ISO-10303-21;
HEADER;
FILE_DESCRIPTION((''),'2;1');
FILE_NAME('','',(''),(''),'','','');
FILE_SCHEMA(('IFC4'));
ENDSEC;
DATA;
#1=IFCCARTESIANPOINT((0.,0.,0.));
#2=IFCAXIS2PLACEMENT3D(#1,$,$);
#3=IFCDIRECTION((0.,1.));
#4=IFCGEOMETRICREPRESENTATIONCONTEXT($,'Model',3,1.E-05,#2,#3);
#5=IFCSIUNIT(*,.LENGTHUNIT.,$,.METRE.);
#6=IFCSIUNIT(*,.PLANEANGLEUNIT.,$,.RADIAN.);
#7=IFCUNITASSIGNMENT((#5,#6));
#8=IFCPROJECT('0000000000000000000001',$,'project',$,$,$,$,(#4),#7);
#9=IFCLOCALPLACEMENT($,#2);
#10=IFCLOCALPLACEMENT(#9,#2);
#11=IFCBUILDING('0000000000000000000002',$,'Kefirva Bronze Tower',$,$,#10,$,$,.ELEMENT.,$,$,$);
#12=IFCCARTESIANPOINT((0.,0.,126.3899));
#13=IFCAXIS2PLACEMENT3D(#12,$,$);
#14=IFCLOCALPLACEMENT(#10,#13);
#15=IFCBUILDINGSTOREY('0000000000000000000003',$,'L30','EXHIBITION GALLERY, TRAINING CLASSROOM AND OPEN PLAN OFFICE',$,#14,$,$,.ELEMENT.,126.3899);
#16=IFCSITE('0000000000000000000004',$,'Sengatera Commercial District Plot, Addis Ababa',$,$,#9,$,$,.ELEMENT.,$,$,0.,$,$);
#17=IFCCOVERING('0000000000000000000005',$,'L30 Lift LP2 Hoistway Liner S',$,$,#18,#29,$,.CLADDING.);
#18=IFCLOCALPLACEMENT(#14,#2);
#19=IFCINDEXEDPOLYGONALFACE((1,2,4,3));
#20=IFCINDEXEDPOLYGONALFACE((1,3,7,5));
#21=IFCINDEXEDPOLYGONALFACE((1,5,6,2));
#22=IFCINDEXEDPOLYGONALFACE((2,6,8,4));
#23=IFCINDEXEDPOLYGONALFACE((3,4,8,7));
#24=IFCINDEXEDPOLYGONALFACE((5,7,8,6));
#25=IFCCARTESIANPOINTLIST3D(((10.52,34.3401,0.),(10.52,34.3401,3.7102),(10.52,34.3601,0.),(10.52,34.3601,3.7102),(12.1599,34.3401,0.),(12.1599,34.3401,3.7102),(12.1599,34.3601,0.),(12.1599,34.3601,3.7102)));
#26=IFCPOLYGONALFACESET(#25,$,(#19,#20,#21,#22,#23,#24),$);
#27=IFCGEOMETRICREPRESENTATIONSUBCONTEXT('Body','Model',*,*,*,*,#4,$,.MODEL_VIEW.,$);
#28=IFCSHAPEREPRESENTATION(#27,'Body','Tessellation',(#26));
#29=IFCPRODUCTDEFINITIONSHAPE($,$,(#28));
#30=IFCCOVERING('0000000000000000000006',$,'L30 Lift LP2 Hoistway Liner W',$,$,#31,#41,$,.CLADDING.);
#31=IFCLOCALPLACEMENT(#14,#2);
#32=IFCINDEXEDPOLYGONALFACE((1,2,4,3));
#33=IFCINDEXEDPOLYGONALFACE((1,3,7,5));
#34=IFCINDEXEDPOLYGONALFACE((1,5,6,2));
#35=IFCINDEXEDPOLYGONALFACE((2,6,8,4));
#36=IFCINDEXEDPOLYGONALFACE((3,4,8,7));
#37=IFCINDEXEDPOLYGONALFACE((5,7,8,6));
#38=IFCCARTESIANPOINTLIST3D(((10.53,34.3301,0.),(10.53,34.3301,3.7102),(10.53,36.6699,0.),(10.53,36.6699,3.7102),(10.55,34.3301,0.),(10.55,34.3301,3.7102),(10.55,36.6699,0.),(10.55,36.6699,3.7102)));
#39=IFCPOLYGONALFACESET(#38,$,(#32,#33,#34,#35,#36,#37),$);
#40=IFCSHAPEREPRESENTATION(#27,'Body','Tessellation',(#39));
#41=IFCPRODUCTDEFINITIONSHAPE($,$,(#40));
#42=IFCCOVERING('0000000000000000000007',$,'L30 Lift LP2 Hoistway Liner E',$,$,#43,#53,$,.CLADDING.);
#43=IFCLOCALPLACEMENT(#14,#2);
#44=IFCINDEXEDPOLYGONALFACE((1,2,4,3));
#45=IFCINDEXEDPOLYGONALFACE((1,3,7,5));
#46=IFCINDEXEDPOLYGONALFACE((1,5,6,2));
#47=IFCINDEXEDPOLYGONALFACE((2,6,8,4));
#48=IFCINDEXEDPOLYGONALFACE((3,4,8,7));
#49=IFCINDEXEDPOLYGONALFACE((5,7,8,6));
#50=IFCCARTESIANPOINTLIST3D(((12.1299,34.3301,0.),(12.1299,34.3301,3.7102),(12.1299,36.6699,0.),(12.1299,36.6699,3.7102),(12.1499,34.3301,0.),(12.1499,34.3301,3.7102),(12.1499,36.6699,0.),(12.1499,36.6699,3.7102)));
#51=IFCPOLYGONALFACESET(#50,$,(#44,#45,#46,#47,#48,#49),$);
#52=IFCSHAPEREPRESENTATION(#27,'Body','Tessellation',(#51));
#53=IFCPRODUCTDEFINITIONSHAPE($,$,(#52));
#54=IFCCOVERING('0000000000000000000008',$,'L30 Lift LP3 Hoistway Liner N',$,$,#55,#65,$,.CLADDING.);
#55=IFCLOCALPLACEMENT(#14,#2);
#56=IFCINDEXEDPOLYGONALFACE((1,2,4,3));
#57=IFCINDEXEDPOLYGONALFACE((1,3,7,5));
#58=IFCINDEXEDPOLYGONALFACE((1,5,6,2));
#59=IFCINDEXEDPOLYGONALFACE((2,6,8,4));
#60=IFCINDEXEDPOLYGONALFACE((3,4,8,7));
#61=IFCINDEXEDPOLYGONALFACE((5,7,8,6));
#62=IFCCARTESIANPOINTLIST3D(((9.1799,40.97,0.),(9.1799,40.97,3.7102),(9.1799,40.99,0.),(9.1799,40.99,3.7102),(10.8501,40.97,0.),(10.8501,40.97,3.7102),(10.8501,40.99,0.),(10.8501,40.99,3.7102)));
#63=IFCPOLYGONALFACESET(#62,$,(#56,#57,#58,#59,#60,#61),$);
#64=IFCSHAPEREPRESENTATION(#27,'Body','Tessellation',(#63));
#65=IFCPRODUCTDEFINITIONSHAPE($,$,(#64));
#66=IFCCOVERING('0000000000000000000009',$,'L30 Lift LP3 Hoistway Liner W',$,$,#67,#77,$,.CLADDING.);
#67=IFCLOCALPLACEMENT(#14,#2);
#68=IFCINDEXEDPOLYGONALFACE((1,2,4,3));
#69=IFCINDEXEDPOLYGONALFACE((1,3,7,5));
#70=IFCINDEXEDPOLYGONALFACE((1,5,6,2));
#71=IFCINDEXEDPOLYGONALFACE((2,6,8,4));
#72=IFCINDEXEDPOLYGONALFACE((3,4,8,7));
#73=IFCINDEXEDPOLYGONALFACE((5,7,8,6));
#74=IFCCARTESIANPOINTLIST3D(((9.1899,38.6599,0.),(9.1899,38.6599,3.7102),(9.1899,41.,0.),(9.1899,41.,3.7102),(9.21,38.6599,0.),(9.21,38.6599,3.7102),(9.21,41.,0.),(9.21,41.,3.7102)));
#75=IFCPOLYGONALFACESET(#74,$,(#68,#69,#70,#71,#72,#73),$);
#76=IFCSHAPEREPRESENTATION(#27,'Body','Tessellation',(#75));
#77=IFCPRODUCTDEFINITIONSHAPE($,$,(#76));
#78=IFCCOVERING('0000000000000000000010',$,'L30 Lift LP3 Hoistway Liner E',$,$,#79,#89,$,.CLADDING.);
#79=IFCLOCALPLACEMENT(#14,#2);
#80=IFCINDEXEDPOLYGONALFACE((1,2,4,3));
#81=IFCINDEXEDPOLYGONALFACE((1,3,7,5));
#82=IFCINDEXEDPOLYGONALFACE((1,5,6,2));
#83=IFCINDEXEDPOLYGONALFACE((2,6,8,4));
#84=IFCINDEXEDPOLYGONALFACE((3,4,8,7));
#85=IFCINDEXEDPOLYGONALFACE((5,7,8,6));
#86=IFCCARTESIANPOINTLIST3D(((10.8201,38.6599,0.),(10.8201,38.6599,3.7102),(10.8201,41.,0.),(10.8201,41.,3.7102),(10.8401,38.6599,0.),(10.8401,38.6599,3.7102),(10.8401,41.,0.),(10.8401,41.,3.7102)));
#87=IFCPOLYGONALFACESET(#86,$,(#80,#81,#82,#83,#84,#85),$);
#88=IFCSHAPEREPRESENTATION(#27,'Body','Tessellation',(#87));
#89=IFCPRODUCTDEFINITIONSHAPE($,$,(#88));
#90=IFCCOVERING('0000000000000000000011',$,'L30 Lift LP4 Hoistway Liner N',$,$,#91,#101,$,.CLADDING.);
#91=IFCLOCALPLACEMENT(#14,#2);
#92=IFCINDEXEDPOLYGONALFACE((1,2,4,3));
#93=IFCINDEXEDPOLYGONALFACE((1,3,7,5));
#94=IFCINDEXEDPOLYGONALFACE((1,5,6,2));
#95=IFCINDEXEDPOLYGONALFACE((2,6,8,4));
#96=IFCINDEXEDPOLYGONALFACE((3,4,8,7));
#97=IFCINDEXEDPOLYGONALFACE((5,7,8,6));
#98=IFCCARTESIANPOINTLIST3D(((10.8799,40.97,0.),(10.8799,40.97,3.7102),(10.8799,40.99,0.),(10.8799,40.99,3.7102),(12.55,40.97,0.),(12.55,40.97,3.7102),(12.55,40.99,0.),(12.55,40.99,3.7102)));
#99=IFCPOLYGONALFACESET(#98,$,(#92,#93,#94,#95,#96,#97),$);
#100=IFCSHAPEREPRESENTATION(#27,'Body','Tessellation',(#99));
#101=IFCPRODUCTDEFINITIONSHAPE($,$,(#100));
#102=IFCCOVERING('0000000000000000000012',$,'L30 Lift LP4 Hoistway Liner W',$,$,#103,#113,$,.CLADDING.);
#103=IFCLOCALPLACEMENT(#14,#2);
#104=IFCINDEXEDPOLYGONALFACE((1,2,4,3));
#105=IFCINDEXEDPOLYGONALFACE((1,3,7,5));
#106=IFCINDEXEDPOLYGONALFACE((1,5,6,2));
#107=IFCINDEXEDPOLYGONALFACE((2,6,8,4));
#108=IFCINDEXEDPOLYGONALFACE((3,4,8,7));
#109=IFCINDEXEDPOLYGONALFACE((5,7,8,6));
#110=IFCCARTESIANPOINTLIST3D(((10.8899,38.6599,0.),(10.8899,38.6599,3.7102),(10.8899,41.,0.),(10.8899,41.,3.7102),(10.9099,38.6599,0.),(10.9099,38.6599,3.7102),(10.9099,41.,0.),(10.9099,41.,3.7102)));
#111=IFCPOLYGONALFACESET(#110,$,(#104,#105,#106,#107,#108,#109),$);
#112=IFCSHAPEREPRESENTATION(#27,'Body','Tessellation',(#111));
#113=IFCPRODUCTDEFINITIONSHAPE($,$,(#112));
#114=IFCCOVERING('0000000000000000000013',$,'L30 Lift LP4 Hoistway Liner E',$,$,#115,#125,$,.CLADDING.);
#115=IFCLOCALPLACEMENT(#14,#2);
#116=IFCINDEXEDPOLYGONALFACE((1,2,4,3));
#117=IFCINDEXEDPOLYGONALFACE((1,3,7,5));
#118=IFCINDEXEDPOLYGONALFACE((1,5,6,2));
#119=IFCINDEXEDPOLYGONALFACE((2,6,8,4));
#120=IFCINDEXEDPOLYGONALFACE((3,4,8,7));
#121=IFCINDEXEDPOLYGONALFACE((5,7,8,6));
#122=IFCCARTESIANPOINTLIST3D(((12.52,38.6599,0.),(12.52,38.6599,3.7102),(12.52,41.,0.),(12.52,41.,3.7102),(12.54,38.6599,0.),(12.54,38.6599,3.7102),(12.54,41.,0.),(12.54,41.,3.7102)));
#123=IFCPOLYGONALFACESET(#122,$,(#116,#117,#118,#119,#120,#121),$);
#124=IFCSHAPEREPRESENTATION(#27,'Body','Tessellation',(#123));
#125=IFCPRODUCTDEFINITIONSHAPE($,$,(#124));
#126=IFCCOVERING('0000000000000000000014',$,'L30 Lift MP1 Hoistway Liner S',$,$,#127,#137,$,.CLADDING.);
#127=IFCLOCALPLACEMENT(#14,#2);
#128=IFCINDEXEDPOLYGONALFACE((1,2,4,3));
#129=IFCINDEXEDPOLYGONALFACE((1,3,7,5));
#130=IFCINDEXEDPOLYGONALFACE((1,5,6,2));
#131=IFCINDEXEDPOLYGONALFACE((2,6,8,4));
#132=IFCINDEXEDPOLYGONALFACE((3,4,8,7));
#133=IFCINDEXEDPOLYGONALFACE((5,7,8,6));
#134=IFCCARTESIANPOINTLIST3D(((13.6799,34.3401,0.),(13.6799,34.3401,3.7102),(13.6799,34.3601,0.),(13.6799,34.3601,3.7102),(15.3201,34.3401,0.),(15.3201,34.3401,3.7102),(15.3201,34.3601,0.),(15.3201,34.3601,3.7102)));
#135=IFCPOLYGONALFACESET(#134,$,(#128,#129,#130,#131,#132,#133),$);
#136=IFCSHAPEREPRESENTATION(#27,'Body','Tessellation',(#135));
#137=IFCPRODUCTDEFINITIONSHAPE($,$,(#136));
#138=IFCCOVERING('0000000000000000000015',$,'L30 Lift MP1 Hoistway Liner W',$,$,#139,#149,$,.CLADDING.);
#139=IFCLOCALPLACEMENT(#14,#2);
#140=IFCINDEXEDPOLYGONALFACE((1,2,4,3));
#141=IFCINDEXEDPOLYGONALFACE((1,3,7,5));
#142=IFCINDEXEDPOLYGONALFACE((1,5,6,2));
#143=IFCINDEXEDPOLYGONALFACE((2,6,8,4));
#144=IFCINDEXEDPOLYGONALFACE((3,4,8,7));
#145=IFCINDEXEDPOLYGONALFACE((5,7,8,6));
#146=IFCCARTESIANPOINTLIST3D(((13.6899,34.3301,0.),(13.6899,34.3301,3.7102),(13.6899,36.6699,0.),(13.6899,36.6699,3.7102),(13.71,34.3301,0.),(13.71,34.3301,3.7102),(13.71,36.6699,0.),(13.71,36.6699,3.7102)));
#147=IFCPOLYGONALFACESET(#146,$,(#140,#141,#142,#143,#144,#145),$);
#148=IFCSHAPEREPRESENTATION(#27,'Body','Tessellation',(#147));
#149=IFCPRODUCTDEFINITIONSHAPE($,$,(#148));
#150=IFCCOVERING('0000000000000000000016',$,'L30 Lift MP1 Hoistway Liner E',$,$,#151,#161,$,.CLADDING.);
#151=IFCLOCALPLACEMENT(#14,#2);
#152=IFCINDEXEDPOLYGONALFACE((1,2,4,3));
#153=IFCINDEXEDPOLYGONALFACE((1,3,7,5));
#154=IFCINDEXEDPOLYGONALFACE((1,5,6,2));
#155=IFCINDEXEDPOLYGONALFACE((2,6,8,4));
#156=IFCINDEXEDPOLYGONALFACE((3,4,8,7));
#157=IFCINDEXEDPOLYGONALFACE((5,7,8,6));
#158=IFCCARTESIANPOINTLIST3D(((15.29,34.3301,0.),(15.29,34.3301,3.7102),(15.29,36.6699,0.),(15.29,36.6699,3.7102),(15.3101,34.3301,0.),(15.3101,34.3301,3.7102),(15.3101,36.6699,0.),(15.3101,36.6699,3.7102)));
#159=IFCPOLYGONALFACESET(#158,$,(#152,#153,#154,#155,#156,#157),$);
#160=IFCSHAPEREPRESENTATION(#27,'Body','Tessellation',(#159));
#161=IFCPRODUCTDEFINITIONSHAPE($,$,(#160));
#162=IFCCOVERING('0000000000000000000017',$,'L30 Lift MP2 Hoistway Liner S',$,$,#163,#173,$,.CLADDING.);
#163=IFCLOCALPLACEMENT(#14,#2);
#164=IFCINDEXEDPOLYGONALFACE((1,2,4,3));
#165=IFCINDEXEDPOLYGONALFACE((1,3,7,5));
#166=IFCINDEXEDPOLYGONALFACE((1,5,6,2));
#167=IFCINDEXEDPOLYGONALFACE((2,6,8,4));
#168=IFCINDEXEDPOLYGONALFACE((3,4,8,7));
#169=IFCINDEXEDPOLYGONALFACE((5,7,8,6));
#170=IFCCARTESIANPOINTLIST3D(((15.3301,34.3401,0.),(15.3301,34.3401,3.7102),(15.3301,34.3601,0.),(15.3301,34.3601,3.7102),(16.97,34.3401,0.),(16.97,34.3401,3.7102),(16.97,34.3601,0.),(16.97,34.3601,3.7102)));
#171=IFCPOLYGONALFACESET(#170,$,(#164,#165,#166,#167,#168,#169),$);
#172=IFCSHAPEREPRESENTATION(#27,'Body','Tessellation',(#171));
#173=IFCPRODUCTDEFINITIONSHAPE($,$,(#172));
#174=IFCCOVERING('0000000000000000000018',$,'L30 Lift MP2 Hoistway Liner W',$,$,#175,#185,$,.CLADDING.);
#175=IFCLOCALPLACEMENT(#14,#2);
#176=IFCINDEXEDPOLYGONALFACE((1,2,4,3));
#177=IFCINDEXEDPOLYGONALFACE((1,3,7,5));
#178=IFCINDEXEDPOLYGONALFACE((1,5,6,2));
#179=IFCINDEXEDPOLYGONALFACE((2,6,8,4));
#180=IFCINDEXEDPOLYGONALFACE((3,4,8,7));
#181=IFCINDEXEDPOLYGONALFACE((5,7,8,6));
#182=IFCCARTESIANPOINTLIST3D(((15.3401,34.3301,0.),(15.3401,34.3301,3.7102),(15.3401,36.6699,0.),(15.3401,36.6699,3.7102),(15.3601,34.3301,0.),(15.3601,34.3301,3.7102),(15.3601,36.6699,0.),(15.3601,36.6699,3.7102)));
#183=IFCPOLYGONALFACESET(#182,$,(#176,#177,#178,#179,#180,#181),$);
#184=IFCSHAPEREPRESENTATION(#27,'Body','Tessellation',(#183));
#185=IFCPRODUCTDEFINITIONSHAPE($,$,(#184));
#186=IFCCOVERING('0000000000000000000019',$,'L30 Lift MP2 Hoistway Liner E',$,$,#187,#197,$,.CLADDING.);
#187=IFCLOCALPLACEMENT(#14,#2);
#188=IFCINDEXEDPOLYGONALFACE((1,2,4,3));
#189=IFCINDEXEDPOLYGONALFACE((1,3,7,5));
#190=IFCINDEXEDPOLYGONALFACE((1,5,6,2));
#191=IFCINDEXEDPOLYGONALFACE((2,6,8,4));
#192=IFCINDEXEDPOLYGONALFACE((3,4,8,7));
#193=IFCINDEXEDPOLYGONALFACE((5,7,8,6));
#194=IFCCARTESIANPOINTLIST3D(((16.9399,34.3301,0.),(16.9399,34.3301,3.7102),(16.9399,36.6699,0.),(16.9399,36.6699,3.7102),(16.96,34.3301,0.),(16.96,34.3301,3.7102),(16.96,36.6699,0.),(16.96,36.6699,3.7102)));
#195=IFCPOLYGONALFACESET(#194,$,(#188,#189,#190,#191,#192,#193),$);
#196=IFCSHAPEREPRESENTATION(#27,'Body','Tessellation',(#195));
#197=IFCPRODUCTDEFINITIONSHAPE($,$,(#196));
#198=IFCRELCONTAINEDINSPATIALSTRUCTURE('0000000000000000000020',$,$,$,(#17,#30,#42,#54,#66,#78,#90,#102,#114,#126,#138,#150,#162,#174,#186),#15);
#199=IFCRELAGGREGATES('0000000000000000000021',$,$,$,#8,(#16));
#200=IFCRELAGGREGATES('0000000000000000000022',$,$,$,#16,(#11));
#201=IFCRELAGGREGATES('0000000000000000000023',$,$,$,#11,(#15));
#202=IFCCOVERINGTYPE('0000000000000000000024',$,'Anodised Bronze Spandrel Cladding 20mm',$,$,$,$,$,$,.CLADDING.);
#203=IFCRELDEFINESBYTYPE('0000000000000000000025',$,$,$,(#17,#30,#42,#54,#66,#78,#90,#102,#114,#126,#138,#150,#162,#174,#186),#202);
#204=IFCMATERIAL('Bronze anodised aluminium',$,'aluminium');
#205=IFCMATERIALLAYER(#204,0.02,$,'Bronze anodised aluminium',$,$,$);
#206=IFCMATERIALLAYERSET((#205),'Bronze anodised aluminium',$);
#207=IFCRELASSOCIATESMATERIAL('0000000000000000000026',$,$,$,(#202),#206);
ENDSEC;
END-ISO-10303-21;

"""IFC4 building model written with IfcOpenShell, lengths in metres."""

from ifc_helpers import new_model, si_unit, direction, frame, origin, place, context, subcontext, project, spatial, polyline, outline, extrude, material, layer, layer_set, type_object, element, save


model = new_model("IFC4")

# Units and contexts
model_context = context("Model", 3, precision=1e-05, world=origin(), true_north=direction((0.0, 1.0)))
body_context = subcontext(model_context, "Body", "Model", "MODEL_VIEW")
ifc_project = project(units=[si_unit("LENGTHUNIT", "METRE"), si_unit("PLANEANGLEUNIT", "RADIAN")], contexts=[model_context])

# Site, building, storey
site_placement = place(None, origin())
site = spatial("IfcSite", under=ifc_project, at=site_placement, Name="Sengatera Commercial District Plot, Addis Ababa", CompositionType="ELEMENT", RefElevation=0.0)
building_placement = place(site_placement, origin())
building = spatial("IfcBuilding", under=site, at=building_placement, Name="Kefirva Bronze Tower", CompositionType="ELEMENT")
storey_placement = place(building_placement, frame((0.0, 0.0, 126.3899)))
storey = spatial("IfcBuildingStorey", under=building, at=storey_placement, Name="L30", Description="EXHIBITION GALLERY, TRAINING CLASSROOM AND OPEN PLAN OFFICE", CompositionType="ELEMENT", Elevation=126.3899)

# Coverings
ifc_material = material(Name="Bronze anodised aluminium", Category="aluminium")
ifc_layer_1 = layer(ifc_material, 0.02, Name="Bronze anodised aluminium")
ifc_layer_set_1 = layer_set([ifc_layer_1], Name="Bronze anodised aluminium")
covering_type_1 = type_object("IfcCoveringType", Name="Anodised Bronze Spandrel Cladding 20mm", PredefinedType="CLADDING", material=ifc_layer_set_1)
covering_1_placement = place(storey_placement, origin())
element("IfcCovering", 1, at=covering_1_placement, inside=storey, type_object=covering_type_1, Name="L30 Lift LP2 Hoistway Liner S", PredefinedType="CLADDING", context=body_context, shape_type="SweptSolid", body=[
    extrude(outline(polyline([(10.52, 34.3401), (12.1599, 34.3401), (12.1599, 34.3601), (10.52, 34.3601), (10.52, 34.3401)])), origin(), (0.0, 0.0, 1.0), 3.7102),
])
covering_2_placement = place(storey_placement, origin())
element("IfcCovering", 2, at=covering_2_placement, inside=storey, type_object=covering_type_1, Name="L30 Lift LP2 Hoistway Liner W", PredefinedType="CLADDING", context=body_context, shape_type="SweptSolid", body=[
    extrude(outline(polyline([(10.53, 34.3301), (10.55, 34.3301), (10.55, 36.6699), (10.53, 36.6699), (10.53, 34.3301)])), origin(), (0.0, 0.0, 1.0), 3.7102),
])
covering_3_placement = place(storey_placement, origin())
element("IfcCovering", 3, at=covering_3_placement, inside=storey, type_object=covering_type_1, Name="L30 Lift LP2 Hoistway Liner E", PredefinedType="CLADDING", context=body_context, shape_type="SweptSolid", body=[
    extrude(outline(polyline([(12.1299, 34.3301), (12.1499, 34.3301), (12.1499, 36.6699), (12.1299, 36.6699), (12.1299, 34.3301)])), origin(), (0.0, 0.0, 1.0), 3.7102),
])
covering_4_placement = place(storey_placement, origin())
element("IfcCovering", 4, at=covering_4_placement, inside=storey, type_object=covering_type_1, Name="L30 Lift LP3 Hoistway Liner N", PredefinedType="CLADDING", context=body_context, shape_type="SweptSolid", body=[
    extrude(outline(polyline([(9.1799, 40.97), (10.8501, 40.97), (10.8501, 40.99), (9.1799, 40.99), (9.1799, 40.97)])), origin(), (0.0, 0.0, 1.0), 3.7102),
])
covering_5_placement = place(storey_placement, origin())
element("IfcCovering", 5, at=covering_5_placement, inside=storey, type_object=covering_type_1, Name="L30 Lift LP3 Hoistway Liner W", PredefinedType="CLADDING", context=body_context, shape_type="SweptSolid", body=[
    extrude(outline(polyline([(9.1899, 38.6599), (9.21, 38.6599), (9.21, 41.0), (9.1899, 41.0), (9.1899, 38.6599)])), origin(), (0.0, 0.0, 1.0), 3.7102),
])
covering_6_placement = place(storey_placement, origin())
element("IfcCovering", 6, at=covering_6_placement, inside=storey, type_object=covering_type_1, Name="L30 Lift LP3 Hoistway Liner E", PredefinedType="CLADDING", context=body_context, shape_type="SweptSolid", body=[
    extrude(outline(polyline([(10.8201, 38.6599), (10.8401, 38.6599), (10.8401, 41.0), (10.8201, 41.0), (10.8201, 38.6599)])), origin(), (0.0, 0.0, 1.0), 3.7102),
])
covering_7_placement = place(storey_placement, origin())
element("IfcCovering", 7, at=covering_7_placement, inside=storey, type_object=covering_type_1, Name="L30 Lift LP4 Hoistway Liner N", PredefinedType="CLADDING", context=body_context, shape_type="SweptSolid", body=[
    extrude(outline(polyline([(10.8799, 40.97), (12.55, 40.97), (12.55, 40.99), (10.8799, 40.99), (10.8799, 40.97)])), origin(), (0.0, 0.0, 1.0), 3.7102),
])
covering_8_placement = place(storey_placement, origin())
element("IfcCovering", 8, at=covering_8_placement, inside=storey, type_object=covering_type_1, Name="L30 Lift LP4 Hoistway Liner W", PredefinedType="CLADDING", context=body_context, shape_type="SweptSolid", body=[
    extrude(outline(polyline([(10.8899, 38.6599), (10.9099, 38.6599), (10.9099, 41.0), (10.8899, 41.0), (10.8899, 38.6599)])), origin(), (0.0, 0.0, 1.0), 3.7102),
])
covering_9_placement = place(storey_placement, origin())
element("IfcCovering", 9, at=covering_9_placement, inside=storey, type_object=covering_type_1, Name="L30 Lift LP4 Hoistway Liner E", PredefinedType="CLADDING", context=body_context, shape_type="SweptSolid", body=[
    extrude(outline(polyline([(12.52, 38.6599), (12.54, 38.6599), (12.54, 41.0), (12.52, 41.0), (12.52, 38.6599)])), origin(), (0.0, 0.0, 1.0), 3.7102),
])
covering_10_placement = place(storey_placement, origin())
element("IfcCovering", 10, at=covering_10_placement, inside=storey, type_object=covering_type_1, Name="L30 Lift MP1 Hoistway Liner S", PredefinedType="CLADDING", context=body_context, shape_type="SweptSolid", body=[
    extrude(outline(polyline([(13.6799, 34.3401), (15.3201, 34.3401), (15.3201, 34.3601), (13.6799, 34.3601), (13.6799, 34.3401)])), origin(), (0.0, 0.0, 1.0), 3.7102),
])
covering_11_placement = place(storey_placement, origin())
element("IfcCovering", 11, at=covering_11_placement, inside=storey, type_object=covering_type_1, Name="L30 Lift MP1 Hoistway Liner W", PredefinedType="CLADDING", context=body_context, shape_type="SweptSolid", body=[
    extrude(outline(polyline([(13.6899, 34.3301), (13.71, 34.3301), (13.71, 36.6699), (13.6899, 36.6699), (13.6899, 34.3301)])), origin(), (0.0, 0.0, 1.0), 3.7102),
])
covering_12_placement = place(storey_placement, origin())
element("IfcCovering", 12, at=covering_12_placement, inside=storey, type_object=covering_type_1, Name="L30 Lift MP1 Hoistway Liner E", PredefinedType="CLADDING", context=body_context, shape_type="SweptSolid", body=[
    extrude(outline(polyline([(15.29, 34.3301), (15.3101, 34.3301), (15.3101, 36.6699), (15.29, 36.6699), (15.29, 34.3301)])), origin(), (0.0, 0.0, 1.0), 3.7102),
])
covering_13_placement = place(storey_placement, origin())
element("IfcCovering", 13, at=covering_13_placement, inside=storey, type_object=covering_type_1, Name="L30 Lift MP2 Hoistway Liner S", PredefinedType="CLADDING", context=body_context, shape_type="SweptSolid", body=[
    extrude(outline(polyline([(15.3301, 34.3401), (16.97, 34.3401), (16.97, 34.3601), (15.3301, 34.3601), (15.3301, 34.3401)])), origin(), (0.0, 0.0, 1.0), 3.7102),
])
covering_14_placement = place(storey_placement, origin())
element("IfcCovering", 14, at=covering_14_placement, inside=storey, type_object=covering_type_1, Name="L30 Lift MP2 Hoistway Liner W", PredefinedType="CLADDING", context=body_context, shape_type="SweptSolid", body=[
    extrude(outline(polyline([(15.3401, 34.3301), (15.3601, 34.3301), (15.3601, 36.6699), (15.3401, 36.6699), (15.3401, 34.3301)])), origin(), (0.0, 0.0, 1.0), 3.7102),
])
covering_15_placement = place(storey_placement, origin())
element("IfcCovering", 15, at=covering_15_placement, inside=storey, type_object=covering_type_1, Name="L30 Lift MP2 Hoistway Liner E", PredefinedType="CLADDING", context=body_context, shape_type="SweptSolid", body=[
    extrude(outline(polyline([(16.9399, 34.3301), (16.96, 34.3301), (16.96, 36.6699), (16.9399, 36.6699), (16.9399, 34.3301)])), origin(), (0.0, 0.0, 1.0), 3.7102),
])

save(model, "model.ifc")
